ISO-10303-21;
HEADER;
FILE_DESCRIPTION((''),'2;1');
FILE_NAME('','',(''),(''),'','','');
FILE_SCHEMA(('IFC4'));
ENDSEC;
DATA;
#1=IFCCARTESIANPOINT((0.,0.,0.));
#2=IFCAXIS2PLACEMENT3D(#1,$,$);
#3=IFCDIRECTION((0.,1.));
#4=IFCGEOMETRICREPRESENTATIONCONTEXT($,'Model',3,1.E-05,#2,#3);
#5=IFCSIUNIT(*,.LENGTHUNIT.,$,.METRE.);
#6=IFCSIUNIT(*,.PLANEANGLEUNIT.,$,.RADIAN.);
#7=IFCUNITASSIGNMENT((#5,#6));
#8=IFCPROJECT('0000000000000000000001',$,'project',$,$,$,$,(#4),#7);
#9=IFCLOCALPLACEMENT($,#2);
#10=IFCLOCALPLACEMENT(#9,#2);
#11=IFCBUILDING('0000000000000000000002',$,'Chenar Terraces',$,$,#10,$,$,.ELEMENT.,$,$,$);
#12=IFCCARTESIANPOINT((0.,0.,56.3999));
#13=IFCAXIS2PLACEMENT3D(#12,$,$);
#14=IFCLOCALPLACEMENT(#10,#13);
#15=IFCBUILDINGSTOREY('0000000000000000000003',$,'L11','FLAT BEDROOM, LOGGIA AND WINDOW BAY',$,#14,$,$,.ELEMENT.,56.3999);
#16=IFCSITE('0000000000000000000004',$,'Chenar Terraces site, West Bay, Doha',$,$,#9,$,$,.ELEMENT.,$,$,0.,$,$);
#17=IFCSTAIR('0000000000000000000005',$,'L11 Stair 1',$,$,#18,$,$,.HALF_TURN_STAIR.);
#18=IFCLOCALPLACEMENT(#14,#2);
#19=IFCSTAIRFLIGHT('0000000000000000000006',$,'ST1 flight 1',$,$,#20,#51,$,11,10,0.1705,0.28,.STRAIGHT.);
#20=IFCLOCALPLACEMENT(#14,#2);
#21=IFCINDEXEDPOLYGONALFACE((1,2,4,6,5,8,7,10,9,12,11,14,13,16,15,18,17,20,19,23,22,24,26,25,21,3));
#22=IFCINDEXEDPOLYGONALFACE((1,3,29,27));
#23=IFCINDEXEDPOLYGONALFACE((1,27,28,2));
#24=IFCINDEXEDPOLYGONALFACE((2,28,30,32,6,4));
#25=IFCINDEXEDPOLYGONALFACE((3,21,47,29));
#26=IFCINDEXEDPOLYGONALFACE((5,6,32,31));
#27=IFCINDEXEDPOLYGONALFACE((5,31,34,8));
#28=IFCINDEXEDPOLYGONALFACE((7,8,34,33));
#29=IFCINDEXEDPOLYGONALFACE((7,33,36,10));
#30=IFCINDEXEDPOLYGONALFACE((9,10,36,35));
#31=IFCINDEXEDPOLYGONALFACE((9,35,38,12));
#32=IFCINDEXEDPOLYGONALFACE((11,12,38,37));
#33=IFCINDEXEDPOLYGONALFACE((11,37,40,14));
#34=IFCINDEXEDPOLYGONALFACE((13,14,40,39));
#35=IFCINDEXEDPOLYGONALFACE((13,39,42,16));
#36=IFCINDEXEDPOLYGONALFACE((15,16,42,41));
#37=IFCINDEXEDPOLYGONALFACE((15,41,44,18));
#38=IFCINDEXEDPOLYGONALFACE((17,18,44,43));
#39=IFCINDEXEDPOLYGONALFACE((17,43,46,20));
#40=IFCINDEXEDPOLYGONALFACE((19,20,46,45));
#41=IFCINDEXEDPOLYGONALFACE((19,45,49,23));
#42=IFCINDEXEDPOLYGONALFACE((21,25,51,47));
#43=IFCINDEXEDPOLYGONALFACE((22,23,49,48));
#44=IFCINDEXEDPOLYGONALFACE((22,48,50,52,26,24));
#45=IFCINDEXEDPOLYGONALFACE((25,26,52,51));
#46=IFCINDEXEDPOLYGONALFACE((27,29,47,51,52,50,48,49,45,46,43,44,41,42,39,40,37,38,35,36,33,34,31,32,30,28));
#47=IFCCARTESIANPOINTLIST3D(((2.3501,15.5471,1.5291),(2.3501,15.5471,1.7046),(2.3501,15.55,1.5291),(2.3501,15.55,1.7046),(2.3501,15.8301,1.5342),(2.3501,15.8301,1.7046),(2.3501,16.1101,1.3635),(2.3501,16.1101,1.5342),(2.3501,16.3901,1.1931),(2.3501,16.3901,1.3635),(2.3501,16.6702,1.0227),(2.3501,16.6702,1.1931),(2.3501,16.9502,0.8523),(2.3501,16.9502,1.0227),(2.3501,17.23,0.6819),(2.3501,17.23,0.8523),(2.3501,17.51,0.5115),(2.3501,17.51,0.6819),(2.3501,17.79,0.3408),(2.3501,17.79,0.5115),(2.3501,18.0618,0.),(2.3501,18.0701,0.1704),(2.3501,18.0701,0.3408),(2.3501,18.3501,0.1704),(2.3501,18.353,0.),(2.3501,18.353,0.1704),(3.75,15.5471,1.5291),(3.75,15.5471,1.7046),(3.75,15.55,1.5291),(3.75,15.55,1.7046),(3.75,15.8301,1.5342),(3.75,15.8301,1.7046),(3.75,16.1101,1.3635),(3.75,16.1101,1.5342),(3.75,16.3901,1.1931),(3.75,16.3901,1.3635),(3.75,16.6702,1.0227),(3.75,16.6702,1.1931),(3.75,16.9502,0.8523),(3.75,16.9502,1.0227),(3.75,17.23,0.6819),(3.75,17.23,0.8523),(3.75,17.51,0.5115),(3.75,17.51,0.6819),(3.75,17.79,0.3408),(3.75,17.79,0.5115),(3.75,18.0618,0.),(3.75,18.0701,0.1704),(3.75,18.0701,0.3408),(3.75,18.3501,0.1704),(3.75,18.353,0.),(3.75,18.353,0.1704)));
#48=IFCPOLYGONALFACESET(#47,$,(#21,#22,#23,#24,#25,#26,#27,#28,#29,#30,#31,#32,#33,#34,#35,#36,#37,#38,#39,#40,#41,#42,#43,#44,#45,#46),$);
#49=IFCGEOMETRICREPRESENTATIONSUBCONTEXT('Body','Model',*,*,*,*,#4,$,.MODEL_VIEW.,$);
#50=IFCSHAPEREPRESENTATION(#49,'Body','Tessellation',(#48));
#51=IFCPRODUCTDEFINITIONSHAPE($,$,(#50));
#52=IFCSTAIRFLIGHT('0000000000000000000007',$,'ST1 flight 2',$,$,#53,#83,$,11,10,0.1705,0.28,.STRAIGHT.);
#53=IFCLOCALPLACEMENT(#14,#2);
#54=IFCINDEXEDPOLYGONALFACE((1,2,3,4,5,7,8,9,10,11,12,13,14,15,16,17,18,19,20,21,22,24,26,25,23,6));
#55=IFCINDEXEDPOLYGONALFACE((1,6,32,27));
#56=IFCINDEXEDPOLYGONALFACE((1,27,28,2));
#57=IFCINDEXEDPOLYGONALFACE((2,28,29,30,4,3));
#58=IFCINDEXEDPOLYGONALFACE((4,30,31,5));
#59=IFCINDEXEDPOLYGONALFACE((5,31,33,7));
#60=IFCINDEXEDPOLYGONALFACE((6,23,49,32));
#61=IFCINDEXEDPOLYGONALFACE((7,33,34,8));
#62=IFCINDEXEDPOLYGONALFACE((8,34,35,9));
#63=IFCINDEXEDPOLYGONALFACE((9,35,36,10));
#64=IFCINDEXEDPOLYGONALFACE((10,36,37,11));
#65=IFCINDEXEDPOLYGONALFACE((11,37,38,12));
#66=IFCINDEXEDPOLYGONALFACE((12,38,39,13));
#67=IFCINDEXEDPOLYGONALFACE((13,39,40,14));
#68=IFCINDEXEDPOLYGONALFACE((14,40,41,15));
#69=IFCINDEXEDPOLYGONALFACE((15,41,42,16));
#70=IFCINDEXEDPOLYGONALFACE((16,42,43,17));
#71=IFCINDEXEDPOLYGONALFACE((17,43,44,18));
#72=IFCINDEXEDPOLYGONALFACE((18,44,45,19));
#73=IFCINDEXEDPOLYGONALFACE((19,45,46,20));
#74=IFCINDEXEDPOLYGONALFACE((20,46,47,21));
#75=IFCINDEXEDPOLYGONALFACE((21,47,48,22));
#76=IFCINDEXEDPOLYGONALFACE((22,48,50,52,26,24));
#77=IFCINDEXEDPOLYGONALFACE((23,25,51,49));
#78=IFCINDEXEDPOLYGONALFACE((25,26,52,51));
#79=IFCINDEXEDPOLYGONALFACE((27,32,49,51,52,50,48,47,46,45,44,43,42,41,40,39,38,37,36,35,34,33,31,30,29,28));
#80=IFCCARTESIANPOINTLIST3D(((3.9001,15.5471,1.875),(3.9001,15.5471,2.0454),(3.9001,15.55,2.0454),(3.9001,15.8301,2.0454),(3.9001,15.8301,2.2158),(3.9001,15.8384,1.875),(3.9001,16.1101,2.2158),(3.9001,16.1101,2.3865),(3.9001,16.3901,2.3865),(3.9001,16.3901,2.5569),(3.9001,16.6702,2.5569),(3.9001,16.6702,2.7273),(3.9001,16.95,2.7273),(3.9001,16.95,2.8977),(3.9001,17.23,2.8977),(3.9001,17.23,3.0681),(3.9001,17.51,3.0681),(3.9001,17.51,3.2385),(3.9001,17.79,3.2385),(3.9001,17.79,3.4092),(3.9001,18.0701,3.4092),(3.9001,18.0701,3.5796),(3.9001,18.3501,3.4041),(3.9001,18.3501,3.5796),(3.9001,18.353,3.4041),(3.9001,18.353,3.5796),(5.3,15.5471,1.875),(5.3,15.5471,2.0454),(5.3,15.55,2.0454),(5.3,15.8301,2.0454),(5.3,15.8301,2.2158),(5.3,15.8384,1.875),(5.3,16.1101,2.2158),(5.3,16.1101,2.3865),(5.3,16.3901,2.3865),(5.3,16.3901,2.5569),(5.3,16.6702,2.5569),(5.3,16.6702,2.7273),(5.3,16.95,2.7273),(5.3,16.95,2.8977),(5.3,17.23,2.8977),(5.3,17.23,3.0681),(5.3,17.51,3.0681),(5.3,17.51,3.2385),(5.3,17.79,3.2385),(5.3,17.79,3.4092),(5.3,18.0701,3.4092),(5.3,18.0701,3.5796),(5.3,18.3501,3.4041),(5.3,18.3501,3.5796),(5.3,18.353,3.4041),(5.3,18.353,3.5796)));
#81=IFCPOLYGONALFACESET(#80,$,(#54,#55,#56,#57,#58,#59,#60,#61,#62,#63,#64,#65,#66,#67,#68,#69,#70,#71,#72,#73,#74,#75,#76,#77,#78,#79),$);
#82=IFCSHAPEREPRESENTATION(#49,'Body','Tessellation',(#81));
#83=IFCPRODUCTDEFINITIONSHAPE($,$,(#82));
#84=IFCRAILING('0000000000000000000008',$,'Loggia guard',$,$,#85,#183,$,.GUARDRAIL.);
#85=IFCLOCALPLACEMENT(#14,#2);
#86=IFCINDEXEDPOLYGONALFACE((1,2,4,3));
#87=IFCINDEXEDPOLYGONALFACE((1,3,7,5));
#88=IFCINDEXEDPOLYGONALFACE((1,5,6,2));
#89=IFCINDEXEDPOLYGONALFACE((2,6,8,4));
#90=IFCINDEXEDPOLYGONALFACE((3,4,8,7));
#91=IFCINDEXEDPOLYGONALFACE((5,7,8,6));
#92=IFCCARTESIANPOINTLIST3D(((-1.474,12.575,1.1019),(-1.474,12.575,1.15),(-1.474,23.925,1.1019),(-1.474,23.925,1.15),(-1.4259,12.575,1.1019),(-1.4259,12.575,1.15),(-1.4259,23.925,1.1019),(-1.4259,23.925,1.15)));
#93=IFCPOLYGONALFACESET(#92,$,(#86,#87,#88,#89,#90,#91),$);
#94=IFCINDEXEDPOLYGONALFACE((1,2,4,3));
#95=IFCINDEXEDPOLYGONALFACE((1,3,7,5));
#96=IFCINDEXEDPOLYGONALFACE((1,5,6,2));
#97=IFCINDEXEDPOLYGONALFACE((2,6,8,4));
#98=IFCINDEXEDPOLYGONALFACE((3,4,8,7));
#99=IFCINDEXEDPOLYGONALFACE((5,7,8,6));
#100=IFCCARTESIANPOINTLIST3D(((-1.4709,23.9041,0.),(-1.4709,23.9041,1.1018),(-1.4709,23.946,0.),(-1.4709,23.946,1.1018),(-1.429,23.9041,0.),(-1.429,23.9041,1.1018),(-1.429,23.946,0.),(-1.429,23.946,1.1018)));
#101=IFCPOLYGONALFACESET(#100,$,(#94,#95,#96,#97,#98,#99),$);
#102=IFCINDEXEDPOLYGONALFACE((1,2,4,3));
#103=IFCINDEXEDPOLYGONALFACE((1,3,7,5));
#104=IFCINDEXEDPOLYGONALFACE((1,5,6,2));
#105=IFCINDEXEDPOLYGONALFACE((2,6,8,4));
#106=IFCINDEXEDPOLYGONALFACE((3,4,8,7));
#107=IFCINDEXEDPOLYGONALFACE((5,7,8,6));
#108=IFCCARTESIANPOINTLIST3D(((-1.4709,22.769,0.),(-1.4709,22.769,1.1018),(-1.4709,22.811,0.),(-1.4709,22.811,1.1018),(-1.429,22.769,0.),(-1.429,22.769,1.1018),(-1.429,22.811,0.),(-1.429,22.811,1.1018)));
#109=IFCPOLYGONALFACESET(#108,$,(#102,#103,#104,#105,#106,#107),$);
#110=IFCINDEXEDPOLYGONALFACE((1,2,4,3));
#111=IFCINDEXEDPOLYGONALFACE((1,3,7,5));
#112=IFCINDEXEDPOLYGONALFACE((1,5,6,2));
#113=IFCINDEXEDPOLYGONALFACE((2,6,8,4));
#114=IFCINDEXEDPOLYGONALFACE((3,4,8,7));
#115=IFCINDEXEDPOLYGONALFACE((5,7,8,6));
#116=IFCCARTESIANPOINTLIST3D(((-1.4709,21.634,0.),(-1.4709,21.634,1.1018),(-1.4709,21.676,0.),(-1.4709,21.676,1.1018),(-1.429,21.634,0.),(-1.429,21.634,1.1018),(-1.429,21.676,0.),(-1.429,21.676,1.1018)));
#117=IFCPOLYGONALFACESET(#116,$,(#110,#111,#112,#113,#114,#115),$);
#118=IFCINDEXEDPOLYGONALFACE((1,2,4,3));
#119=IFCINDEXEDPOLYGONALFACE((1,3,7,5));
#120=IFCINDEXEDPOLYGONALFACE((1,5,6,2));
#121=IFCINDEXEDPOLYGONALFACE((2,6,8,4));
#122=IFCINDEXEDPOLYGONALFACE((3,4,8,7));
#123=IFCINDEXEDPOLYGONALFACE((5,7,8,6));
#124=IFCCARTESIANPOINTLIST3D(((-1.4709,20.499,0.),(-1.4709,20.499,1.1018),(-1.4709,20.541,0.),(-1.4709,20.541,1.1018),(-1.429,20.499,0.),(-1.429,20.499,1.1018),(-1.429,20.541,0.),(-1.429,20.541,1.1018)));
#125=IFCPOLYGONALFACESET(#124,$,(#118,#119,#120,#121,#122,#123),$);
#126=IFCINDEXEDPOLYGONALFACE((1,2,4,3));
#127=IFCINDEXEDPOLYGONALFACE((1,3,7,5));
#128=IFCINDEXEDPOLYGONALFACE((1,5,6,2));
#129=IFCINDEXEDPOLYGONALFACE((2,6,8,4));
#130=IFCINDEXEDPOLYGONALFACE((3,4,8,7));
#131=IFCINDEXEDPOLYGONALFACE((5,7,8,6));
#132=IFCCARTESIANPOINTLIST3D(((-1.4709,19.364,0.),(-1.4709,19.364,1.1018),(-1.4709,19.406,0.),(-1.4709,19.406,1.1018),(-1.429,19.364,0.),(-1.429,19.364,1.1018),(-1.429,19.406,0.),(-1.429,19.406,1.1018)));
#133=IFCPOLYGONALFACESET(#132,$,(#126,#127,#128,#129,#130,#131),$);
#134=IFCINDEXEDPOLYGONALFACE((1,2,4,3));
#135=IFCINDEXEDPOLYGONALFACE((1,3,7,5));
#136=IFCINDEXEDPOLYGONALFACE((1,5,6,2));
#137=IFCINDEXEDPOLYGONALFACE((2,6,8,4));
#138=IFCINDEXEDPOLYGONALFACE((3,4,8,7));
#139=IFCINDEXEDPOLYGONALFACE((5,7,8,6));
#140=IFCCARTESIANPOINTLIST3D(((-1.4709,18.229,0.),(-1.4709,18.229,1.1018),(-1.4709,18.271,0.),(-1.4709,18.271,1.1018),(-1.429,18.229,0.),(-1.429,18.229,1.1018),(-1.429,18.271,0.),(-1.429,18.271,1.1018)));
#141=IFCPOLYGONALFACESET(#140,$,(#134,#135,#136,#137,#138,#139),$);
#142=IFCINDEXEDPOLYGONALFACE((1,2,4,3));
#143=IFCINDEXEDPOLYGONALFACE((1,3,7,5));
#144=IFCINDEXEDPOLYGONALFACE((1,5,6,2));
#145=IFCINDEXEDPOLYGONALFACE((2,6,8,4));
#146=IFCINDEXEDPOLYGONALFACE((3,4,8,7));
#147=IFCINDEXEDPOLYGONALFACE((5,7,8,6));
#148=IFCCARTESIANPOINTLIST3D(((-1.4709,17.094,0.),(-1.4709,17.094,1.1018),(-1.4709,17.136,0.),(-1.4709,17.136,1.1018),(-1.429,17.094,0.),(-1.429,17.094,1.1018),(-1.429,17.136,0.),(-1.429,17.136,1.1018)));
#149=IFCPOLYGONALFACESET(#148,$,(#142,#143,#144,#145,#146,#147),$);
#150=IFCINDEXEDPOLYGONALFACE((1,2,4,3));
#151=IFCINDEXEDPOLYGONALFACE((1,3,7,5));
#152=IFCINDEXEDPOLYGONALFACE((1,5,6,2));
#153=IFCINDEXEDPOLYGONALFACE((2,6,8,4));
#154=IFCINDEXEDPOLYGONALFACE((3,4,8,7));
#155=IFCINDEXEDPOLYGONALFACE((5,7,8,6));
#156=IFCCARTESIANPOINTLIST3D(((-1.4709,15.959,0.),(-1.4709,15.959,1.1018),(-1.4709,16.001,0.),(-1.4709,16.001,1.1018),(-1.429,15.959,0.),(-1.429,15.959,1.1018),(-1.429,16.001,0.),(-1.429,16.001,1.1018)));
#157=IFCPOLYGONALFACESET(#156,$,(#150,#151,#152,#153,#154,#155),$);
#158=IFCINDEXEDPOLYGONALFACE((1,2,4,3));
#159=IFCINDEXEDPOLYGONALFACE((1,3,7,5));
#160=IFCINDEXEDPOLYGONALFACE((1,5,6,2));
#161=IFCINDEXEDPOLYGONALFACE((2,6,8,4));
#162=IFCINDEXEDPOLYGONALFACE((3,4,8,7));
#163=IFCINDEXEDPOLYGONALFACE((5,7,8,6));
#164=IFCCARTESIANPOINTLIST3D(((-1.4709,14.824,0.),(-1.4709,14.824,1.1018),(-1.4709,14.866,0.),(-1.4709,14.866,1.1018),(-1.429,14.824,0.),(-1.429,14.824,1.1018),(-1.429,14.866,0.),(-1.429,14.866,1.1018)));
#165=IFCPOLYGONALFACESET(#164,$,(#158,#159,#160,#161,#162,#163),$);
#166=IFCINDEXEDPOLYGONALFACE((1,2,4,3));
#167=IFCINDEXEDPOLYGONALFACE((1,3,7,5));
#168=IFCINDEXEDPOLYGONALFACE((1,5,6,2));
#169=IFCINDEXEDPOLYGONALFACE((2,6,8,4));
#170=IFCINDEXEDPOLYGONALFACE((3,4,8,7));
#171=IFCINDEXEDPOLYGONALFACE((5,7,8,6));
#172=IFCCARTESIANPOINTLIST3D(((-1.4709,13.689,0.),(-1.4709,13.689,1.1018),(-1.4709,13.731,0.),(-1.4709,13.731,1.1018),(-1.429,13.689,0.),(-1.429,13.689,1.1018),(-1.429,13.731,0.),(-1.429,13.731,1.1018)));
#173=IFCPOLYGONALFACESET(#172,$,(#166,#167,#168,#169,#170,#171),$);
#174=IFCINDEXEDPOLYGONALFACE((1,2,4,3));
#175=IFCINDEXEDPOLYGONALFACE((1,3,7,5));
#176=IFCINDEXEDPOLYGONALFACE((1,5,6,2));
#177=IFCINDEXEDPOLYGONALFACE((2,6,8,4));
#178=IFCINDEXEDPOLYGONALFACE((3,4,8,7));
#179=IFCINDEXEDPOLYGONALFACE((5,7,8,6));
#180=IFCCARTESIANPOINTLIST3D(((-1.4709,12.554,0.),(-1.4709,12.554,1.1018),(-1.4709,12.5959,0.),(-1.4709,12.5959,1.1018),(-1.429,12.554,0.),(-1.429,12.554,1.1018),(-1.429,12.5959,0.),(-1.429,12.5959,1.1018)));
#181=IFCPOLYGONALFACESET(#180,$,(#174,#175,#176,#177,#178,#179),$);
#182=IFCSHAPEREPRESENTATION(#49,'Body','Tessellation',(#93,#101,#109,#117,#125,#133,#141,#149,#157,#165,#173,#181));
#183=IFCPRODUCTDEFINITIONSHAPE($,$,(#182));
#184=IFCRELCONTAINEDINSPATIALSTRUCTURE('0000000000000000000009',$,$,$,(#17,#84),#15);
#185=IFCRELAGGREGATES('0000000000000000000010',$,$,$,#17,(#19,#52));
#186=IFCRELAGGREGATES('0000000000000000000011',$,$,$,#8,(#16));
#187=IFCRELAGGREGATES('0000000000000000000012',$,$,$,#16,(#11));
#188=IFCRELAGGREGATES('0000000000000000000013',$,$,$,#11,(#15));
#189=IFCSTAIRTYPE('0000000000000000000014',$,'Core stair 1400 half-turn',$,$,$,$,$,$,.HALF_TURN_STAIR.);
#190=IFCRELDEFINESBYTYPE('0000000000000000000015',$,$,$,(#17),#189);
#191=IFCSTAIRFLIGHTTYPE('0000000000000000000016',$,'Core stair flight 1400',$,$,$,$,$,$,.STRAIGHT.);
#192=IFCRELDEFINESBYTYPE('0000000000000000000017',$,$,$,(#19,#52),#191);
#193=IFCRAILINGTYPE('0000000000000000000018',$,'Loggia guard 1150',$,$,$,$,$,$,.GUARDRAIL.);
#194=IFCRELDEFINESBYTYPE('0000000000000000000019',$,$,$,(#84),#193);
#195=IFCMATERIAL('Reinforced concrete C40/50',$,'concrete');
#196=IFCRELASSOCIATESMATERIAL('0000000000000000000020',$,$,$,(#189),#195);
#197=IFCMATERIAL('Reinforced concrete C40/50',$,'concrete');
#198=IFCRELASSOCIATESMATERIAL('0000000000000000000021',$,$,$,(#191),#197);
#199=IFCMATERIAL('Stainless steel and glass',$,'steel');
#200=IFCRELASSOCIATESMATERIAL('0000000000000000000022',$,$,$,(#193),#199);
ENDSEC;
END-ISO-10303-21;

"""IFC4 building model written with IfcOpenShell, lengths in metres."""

from ifc_helpers import new_model, si_unit, direction, frame, origin, origin_2d, place, context, subcontext, project, spatial, polyline, rectangle, outline, extrude, material, type_object, element, aggregate, save


model = new_model("IFC4")

# Units and contexts
model_context = context("Model", 3, precision=1e-05, world=origin(), true_north=direction((0.0, 1.0)))
body_context = subcontext(model_context, "Body", "Model", "MODEL_VIEW")
ifc_project = project(units=[si_unit("LENGTHUNIT", "METRE"), si_unit("PLANEANGLEUNIT", "RADIAN")], contexts=[model_context])

# Site, building, storey
site_placement = place(None, origin())
site = spatial("IfcSite", under=ifc_project, at=site_placement, Name="Chenar Terraces site, West Bay, Doha", CompositionType="ELEMENT", RefElevation=0.0)
building_placement = place(site_placement, origin())
building = spatial("IfcBuilding", under=site, at=building_placement, Name="Chenar Terraces", CompositionType="ELEMENT")
storey_placement = place(building_placement, frame((0.0, 0.0, 56.3999)))
storey = spatial("IfcBuildingStorey", under=building, at=storey_placement, Name="L11", Description="FLAT BEDROOM, LOGGIA AND WINDOW BAY", CompositionType="ELEMENT", Elevation=56.3999)

# Stair, stair flights
ifc_material_1 = material(Name="Reinforced concrete C40/50", Category="concrete")
stair_type = type_object("IfcStairType", Name="Core stair 1400 half-turn", PredefinedType="HALF_TURN_STAIR", material=ifc_material_1)
stair_placement = place(storey_placement, origin())
stair = element("IfcStair", 1, at=stair_placement, inside=storey, type_object=stair_type, Name="L11 Stair 1", PredefinedType="HALF_TURN_STAIR")
ifc_material_2 = material(Name="Reinforced concrete C40/50", Category="concrete")
stair_flight_type = type_object("IfcStairFlightType", Name="Core stair flight 1400", PredefinedType="STRAIGHT", material=ifc_material_2)
stair_flight_1_placement = place(storey_placement, frame((3.05, 18.3501, 0.0), z_axis=(0.0, 0.0, 1.0), x_axis=(0.0, -1.0, 0.0)))
stair_flight_1 = element("IfcStairFlight", 2, at=stair_flight_1_placement, type_object=stair_flight_type, Name="ST1 flight 1", NumberOfRisers=11, NumberOfTreads=10, PredefinedType="STRAIGHT", RiserHeight=0.1705, TreadLength=0.28, context=body_context, shape_type="SweptSolid", body=[
    extrude(outline(polyline([(-0.0029, 0.0), (-0.0029, 0.1704), (0.0, 0.1704), (0.28, 0.1704), (0.28, 0.3408), (0.5601, 0.3408), (0.5601, 0.5115), (0.8401, 0.5115), (0.8401, 0.6819), (1.1201, 0.6819), (1.1201, 0.8523), (1.3999, 0.8523), (1.3999, 1.0227), (1.6799, 1.0227), (1.6799, 1.1931), (1.96, 1.1931), (1.96, 1.3635), (2.24, 1.3635), (2.24, 1.5342), (2.52, 1.5342), (2.52, 1.7046), (2.8, 1.7046), (2.803, 1.7046), (2.803, 1.5291), (2.8, 1.5291), (0.2883, 0.0), (-0.0029, 0.0)])), frame((0.0, 0.7, 0.0), z_axis=(0.0, -1.0, 0.0), x_axis=(1.0, 0.0, 0.0)), (0.0, 0.0, 1.0), 1.3999),
])
stair_flight_2_placement = place(storey_placement, frame((4.6001, 15.55, 1.875), z_axis=(0.0, 0.0, 1.0), x_axis=(0.0, 1.0, 0.0)))
stair_flight_2 = element("IfcStairFlight", 3, at=stair_flight_2_placement, type_object=stair_flight_type, Name="ST1 flight 2", NumberOfRisers=11, NumberOfTreads=10, PredefinedType="STRAIGHT", RiserHeight=0.1705, TreadLength=0.28, context=body_context, shape_type="SweptSolid", body=[
    extrude(outline(polyline([(-0.0029, 0.0), (-0.0029, 0.1704), (0.0, 0.1704), (0.28, 0.1704), (0.28, 0.3408), (0.5601, 0.3408), (0.5601, 0.5115), (0.8401, 0.5115), (0.8401, 0.6819), (1.1201, 0.6819), (1.1201, 0.8523), (1.3999, 0.8523), (1.3999, 1.0227), (1.6799, 1.0227), (1.6799, 1.1931), (1.96, 1.1931), (1.96, 1.3635), (2.24, 1.3635), (2.24, 1.5342), (2.52, 1.5342), (2.52, 1.7046), (2.8, 1.7046), (2.803, 1.7046), (2.803, 1.5291), (2.8, 1.5291), (0.2883, 0.0), (-0.0029, 0.0)])), frame((0.0, 0.7, 0.0), z_axis=(0.0, -1.0, 0.0), x_axis=(1.0, 0.0, 0.0)), (0.0, 0.0, 1.0), 1.3999),
])
aggregate(stair, [stair_flight_1, stair_flight_2])

# Railing
ifc_material_3 = material(Name="Stainless steel and glass", Category="steel")
railing_type_1 = type_object("IfcRailingType", Name="Loggia guard 1150", PredefinedType="GUARDRAIL", material=ifc_material_3)
railing_1_placement = place(storey_placement, frame((-1.45, 23.925, 0.0)))
element("IfcRailing", 4, at=railing_1_placement, inside=storey, type_object=railing_type_1, Name="Loggia guard", PredefinedType="GUARDRAIL", context=body_context, shape_type="SweptSolid", body=[
    extrude(rectangle(XDim=0.0481, YDim=0.0481, at=origin_2d()), frame((0.0, 0.0, 1.126), z_axis=(0.0, -1.0, 0.0), x_axis=(1.0, 0.0, 0.0)), (0.0, 0.0, 1.0), 11.3501),
    extrude(rectangle(XDim=0.042, YDim=0.042, at=origin_2d()), origin(), (0.0, 0.0, 1.0), 1.1018),
    extrude(rectangle(XDim=0.042, YDim=0.042, at=origin_2d()), frame((0.0, -1.135, 0.0)), (0.0, 0.0, 1.0), 1.1018),
    extrude(rectangle(XDim=0.042, YDim=0.042, at=origin_2d()), frame((0.0, -2.27, 0.0)), (0.0, 0.0, 1.0), 1.1018),
    extrude(rectangle(XDim=0.042, YDim=0.042, at=origin_2d()), frame((0.0, -3.405, 0.0)), (0.0, 0.0, 1.0), 1.1018),
    extrude(rectangle(XDim=0.042, YDim=0.042, at=origin_2d()), frame((0.0, -4.54, 0.0)), (0.0, 0.0, 1.0), 1.1018),
    extrude(rectangle(XDim=0.042, YDim=0.042, at=origin_2d()), frame((0.0, -5.675, 0.0)), (0.0, 0.0, 1.0), 1.1018),
    extrude(rectangle(XDim=0.042, YDim=0.042, at=origin_2d()), frame((0.0, -6.8101, 0.0)), (0.0, 0.0, 1.0), 1.1018),
    extrude(rectangle(XDim=0.042, YDim=0.042, at=origin_2d()), frame((0.0, -7.9451, 0.0)), (0.0, 0.0, 1.0), 1.1018),
    extrude(rectangle(XDim=0.042, YDim=0.042, at=origin_2d()), frame((0.0, -9.0801, 0.0)), (0.0, 0.0, 1.0), 1.1018),
    extrude(rectangle(XDim=0.042, YDim=0.042, at=origin_2d()), frame((0.0, -10.2151, 0.0)), (0.0, 0.0, 1.0), 1.1018),
    extrude(rectangle(XDim=0.042, YDim=0.042, at=origin_2d()), frame((0.0, -11.3501, 0.0)), (0.0, 0.0, 1.0), 1.1018),
])

save(model, "model.ifc")
